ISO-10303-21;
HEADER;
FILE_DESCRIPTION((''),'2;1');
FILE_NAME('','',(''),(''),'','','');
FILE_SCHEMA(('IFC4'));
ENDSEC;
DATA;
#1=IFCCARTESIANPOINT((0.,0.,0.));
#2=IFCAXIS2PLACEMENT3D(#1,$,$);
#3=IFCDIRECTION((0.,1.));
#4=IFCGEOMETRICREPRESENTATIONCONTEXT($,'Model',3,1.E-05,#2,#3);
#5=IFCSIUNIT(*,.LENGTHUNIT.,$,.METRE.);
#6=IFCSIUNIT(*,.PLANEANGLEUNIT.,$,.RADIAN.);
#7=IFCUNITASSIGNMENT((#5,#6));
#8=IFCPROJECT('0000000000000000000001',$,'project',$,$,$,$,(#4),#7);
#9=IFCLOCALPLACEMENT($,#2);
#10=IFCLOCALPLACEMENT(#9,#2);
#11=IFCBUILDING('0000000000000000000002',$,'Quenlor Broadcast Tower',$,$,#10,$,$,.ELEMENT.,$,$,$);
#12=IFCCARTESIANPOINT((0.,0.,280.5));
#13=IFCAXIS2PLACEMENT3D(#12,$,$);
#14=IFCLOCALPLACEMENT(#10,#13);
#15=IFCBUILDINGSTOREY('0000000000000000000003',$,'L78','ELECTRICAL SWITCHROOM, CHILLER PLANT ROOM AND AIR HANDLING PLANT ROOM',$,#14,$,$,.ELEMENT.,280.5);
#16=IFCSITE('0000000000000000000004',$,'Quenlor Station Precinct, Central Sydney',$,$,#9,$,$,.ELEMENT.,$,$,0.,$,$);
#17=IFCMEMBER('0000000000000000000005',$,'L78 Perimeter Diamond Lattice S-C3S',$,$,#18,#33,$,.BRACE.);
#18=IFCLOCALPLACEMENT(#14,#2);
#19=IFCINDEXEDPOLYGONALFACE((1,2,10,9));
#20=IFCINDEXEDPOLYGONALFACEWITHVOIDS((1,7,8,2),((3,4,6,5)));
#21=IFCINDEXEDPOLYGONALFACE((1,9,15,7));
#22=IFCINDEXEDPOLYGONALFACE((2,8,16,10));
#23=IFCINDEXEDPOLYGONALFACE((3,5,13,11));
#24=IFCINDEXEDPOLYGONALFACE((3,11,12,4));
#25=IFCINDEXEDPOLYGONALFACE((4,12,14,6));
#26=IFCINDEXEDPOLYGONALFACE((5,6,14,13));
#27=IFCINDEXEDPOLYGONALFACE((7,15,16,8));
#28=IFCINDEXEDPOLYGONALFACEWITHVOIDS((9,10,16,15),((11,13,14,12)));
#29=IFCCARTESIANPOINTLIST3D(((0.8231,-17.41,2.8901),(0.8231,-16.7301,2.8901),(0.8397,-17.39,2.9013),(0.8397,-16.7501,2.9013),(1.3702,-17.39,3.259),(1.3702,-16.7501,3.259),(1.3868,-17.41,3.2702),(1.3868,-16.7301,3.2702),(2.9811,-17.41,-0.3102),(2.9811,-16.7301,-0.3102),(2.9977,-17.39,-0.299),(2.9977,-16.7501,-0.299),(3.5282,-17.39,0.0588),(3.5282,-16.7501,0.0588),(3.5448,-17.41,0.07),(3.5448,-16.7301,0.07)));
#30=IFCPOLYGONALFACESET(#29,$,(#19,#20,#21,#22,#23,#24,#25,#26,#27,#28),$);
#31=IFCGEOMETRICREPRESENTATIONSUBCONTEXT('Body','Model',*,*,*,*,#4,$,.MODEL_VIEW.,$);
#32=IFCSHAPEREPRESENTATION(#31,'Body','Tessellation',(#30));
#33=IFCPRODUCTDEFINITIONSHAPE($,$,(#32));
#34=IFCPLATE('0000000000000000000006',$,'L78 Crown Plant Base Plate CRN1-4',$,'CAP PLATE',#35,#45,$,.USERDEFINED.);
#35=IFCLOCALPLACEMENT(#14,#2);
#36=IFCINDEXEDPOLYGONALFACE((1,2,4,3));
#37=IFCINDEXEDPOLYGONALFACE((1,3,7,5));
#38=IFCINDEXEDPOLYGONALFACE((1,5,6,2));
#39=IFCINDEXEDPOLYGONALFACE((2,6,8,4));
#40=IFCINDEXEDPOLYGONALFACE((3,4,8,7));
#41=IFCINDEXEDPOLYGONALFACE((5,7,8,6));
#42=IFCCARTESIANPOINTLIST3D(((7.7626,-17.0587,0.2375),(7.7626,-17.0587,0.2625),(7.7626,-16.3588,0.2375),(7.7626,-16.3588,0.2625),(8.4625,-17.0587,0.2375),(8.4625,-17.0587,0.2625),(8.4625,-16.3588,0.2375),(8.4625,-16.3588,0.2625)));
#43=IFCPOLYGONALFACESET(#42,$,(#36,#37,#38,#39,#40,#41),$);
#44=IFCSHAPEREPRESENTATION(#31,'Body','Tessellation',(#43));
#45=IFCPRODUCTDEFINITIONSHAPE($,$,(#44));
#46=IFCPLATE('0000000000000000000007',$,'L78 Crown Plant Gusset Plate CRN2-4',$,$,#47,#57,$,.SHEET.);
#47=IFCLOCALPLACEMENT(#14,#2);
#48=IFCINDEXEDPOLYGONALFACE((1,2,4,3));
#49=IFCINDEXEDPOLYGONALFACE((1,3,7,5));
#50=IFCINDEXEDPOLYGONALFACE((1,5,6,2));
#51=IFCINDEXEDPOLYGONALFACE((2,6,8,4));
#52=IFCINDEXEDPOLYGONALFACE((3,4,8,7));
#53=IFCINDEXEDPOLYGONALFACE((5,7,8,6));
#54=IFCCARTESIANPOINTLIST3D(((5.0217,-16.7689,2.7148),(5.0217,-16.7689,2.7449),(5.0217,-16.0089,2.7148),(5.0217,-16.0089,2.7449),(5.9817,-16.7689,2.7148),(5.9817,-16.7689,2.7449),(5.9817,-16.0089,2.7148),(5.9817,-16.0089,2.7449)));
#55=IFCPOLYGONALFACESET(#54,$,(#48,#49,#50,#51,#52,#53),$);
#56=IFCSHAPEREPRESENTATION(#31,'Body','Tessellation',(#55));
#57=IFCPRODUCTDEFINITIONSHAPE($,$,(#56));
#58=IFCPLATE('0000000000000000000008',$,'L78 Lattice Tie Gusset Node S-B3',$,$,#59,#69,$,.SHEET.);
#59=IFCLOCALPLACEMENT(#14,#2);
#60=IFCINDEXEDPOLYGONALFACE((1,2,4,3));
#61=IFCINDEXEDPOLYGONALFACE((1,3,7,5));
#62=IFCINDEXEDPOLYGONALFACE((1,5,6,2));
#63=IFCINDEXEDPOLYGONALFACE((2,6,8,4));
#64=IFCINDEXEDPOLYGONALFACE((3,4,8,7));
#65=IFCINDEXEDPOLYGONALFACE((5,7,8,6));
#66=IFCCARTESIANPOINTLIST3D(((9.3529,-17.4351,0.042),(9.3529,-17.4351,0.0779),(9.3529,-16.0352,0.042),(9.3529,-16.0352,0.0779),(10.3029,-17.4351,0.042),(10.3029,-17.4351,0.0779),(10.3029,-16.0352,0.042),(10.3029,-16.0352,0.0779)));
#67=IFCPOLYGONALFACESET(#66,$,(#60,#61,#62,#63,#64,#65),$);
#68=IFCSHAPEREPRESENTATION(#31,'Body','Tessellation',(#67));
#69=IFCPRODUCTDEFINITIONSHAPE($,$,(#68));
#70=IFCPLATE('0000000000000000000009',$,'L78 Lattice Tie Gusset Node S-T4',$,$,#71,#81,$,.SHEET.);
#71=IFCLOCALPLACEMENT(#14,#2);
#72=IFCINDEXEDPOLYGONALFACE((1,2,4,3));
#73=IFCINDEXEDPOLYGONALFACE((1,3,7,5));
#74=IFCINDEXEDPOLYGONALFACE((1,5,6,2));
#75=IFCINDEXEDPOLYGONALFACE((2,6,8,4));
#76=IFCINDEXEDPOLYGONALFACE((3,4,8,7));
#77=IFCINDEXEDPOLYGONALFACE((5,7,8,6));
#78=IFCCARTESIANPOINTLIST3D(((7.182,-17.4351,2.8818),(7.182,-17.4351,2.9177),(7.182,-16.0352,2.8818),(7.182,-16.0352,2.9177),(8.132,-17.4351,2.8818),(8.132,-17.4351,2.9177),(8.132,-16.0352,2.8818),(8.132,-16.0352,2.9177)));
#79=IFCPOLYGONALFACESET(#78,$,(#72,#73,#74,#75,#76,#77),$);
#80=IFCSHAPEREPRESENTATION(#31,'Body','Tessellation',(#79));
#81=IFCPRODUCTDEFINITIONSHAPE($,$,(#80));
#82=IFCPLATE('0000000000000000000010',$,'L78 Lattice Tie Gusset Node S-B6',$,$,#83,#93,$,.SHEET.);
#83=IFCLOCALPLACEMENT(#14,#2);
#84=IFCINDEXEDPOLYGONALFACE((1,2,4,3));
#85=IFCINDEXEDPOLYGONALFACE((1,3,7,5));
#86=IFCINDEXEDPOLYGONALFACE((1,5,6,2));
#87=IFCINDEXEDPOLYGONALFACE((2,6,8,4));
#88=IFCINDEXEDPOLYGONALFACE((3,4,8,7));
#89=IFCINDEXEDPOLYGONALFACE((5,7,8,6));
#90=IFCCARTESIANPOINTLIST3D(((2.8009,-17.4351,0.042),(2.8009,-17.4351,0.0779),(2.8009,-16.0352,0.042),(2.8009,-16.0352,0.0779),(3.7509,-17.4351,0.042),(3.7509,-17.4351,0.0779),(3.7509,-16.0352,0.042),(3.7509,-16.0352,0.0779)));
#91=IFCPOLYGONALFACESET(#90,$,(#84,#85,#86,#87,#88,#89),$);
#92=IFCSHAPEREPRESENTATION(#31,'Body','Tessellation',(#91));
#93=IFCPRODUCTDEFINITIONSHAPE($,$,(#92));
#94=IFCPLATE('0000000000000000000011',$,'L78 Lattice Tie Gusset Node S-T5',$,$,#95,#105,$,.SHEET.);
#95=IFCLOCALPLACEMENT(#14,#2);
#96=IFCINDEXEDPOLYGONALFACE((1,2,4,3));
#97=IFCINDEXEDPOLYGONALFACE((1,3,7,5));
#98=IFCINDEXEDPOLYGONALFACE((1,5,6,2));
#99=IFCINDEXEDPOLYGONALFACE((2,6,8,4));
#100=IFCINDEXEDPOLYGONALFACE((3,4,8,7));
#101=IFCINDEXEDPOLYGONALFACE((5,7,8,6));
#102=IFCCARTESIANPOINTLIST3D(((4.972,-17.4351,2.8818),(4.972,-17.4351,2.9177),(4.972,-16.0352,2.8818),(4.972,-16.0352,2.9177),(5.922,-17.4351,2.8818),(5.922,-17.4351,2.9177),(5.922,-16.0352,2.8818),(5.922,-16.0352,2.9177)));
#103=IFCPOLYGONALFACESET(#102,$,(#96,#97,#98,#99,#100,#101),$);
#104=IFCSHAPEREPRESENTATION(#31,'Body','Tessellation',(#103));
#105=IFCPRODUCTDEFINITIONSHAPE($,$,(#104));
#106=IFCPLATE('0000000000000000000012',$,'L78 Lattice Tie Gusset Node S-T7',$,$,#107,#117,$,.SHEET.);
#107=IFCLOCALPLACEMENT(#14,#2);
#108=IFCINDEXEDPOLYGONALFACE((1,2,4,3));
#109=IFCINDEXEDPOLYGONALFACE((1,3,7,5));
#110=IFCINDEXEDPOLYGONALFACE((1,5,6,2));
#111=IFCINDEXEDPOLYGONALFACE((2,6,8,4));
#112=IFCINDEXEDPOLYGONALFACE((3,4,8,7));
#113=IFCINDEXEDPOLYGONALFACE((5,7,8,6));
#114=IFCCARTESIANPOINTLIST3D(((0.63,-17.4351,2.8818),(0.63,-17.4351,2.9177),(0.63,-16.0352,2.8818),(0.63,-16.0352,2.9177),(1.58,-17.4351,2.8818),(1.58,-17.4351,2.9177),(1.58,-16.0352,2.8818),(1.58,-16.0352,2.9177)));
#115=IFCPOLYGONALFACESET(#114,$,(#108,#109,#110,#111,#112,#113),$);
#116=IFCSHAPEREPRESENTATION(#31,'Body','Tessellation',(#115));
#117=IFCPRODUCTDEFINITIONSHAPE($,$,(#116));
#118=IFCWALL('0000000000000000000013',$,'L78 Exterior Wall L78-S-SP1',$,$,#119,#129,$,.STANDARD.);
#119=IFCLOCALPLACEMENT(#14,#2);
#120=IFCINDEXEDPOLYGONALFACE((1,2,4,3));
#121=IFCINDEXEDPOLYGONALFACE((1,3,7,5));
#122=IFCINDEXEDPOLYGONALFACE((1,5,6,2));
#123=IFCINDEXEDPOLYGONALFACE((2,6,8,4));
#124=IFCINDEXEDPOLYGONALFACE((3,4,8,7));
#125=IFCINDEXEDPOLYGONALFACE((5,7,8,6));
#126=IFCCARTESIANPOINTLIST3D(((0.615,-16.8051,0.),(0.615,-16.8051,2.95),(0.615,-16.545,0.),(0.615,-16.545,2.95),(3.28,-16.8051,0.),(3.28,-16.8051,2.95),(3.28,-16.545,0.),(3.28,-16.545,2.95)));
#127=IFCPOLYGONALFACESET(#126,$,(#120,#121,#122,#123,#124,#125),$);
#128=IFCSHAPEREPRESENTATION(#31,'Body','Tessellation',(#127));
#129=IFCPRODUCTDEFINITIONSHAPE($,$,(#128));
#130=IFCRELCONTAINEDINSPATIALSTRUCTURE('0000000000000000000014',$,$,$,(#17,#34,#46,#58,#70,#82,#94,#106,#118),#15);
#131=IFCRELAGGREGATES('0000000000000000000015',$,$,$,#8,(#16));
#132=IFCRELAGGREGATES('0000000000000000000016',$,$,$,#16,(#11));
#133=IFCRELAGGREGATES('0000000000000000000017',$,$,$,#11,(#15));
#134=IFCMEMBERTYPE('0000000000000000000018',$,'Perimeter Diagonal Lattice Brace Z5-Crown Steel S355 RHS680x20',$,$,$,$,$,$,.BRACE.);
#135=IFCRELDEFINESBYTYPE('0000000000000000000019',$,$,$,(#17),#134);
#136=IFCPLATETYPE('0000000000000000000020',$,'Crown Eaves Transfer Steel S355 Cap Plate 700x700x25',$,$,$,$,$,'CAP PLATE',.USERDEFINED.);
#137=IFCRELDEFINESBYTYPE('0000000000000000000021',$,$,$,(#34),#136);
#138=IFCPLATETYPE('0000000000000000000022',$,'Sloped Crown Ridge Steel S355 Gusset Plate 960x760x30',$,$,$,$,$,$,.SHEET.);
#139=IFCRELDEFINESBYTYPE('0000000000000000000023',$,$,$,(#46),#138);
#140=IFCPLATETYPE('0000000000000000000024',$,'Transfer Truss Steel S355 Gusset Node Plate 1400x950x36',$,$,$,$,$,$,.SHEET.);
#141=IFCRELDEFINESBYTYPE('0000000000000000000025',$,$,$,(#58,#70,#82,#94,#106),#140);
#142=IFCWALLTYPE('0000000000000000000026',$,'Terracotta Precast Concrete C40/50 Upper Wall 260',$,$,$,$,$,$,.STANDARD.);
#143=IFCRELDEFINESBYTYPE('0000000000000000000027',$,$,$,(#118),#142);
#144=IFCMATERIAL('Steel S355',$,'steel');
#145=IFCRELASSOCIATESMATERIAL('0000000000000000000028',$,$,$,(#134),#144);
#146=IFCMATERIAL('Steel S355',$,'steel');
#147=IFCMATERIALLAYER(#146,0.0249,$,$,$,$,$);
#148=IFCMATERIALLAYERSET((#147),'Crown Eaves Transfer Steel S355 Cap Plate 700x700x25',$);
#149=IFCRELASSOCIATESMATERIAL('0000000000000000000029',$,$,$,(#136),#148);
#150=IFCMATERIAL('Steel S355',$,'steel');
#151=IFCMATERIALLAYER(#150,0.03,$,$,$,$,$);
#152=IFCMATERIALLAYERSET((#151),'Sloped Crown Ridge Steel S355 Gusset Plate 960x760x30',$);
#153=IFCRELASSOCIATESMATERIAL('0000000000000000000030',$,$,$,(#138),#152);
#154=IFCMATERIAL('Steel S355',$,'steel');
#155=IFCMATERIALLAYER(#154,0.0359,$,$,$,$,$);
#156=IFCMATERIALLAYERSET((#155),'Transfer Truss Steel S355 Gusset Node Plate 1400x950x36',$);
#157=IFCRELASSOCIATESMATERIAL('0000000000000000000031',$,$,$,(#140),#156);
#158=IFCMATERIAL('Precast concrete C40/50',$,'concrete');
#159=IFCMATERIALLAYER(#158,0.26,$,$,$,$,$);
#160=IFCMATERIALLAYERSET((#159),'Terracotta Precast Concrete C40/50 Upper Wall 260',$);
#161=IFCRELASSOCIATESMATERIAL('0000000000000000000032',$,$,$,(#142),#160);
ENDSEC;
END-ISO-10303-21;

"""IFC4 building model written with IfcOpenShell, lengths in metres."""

from ifc_helpers import new_model, si_unit, direction, frame, frame_2d, origin, origin_2d, place, context, subcontext, project, spatial, rectangle, hollow_rectangle, extrude, material, layer, layer_set, material_profile, profile_set, type_object, element, save


model = new_model("IFC4")

# Units and contexts
model_context = context("Model", 3, precision=1e-05, world=origin(), true_north=direction((0.0, 1.0)))
body_context = subcontext(model_context, "Body", "Model", "MODEL_VIEW")
ifc_project = project(units=[si_unit("LENGTHUNIT", "METRE"), si_unit("PLANEANGLEUNIT", "RADIAN")], contexts=[model_context])

# Site, building, storey
site_placement = place(None, origin())
site = spatial("IfcSite", under=ifc_project, at=site_placement, Name="Quenlor Station Precinct, Central Sydney", CompositionType="ELEMENT", RefElevation=0.0)
building_placement = place(site_placement, origin())
building = spatial("IfcBuilding", under=site, at=building_placement, Name="Quenlor Broadcast Tower", CompositionType="ELEMENT")
storey_placement = place(building_placement, frame((0.0, 0.0, 280.5)))
storey = spatial("IfcBuildingStorey", under=building, at=storey_placement, Name="L78", Description="ELECTRICAL SWITCHROOM, CHILLER PLANT ROOM AND AIR HANDLING PLANT ROOM", CompositionType="ELEMENT", Elevation=280.5)

# Member
ifc_material_1 = material(Name="Steel S355", Category="steel")
ifc_material_profile_1 = material_profile(ifc_material_1, hollow_rectangle(XDim=0.6799, YDim=0.6799, WallThickness=0.02, at=origin_2d()))
ifc_profile_set_1 = profile_set([ifc_material_profile_1], Name="Steel S355 RHS680x680x20")
member_type_1 = type_object("IfcMemberType", Name="Perimeter Diagonal Lattice Brace Z5-Crown Steel S355 RHS680x20", PredefinedType="BRACE", material=ifc_profile_set_1)
for number, where, z_axis, x_axis, name in (
    (1, (3.2629, -17.0701, -0.1201), (-0.559086, 0.0, 0.82911), (0.0, -1.0, 0.0), "L78 Perimeter Diamond Lattice S-C3S"),
):
    element("IfcMember", number, at=place(storey_placement, frame(where, z_axis=z_axis, x_axis=x_axis)), inside=storey, type_object=member_type_1, Name=name, PredefinedType="BRACE", context=body_context, shape_type="SweptSolid", body=[
        extrude(hollow_rectangle(XDim=0.6799, YDim=0.6799, WallThickness=0.02, at=origin_2d()), origin(), (0.0, 0.0, 1.0), 3.8599),
    ])

# Plates
ifc_material_2 = material(Name="Steel S355", Category="steel")
ifc_layer_1 = layer(ifc_material_2, 0.0249)
ifc_layer_set_1 = layer_set([ifc_layer_1], Name="Crown Eaves Transfer Steel S355 Cap Plate 700x700x25")
plate_type_1 = type_object("IfcPlateType", Name="Crown Eaves Transfer Steel S355 Cap Plate 700x700x25", ElementType="CAP PLATE", PredefinedType="USERDEFINED", material=ifc_layer_set_1)
plate_1_placement = place(storey_placement, frame((8.1125, -16.7087, 0.2375), z_axis=(0.0, 0.0, 1.0), x_axis=(1.0, 0.0, 0.0)))
element("IfcPlate", 2, at=plate_1_placement, inside=storey, type_object=plate_type_1, Name="L78 Crown Plant Base Plate CRN1-4", ObjectType="CAP PLATE", PredefinedType="USERDEFINED", context=body_context, shape_type="SweptSolid", body=[
    extrude(rectangle(XDim=0.7, YDim=0.7, at=origin_2d()), origin(), (0.0, 0.0, 1.0), 0.0249),
])
ifc_material_3 = material(Name="Steel S355", Category="steel")
ifc_layer_2 = layer(ifc_material_3, 0.03)
ifc_layer_set_2 = layer_set([ifc_layer_2], Name="Sloped Crown Ridge Steel S355 Gusset Plate 960x760x30")
plate_type_2 = type_object("IfcPlateType", Name="Sloped Crown Ridge Steel S355 Gusset Plate 960x760x30", PredefinedType="SHEET", material=ifc_layer_set_2)
plate_2_placement = place(storey_placement, frame((5.5017, -16.3889, 2.7148), z_axis=(0.0, 0.0, 1.0), x_axis=(1.0, 0.0, 0.0)))
element("IfcPlate", 3, at=plate_2_placement, inside=storey, type_object=plate_type_2, Name="L78 Crown Plant Gusset Plate CRN2-4", PredefinedType="SHEET", context=body_context, shape_type="SweptSolid", body=[
    extrude(rectangle(XDim=0.96, YDim=0.76, at=origin_2d()), origin(), (0.0, 0.0, 1.0), 0.03),
])
ifc_material_4 = material(Name="Steel S355", Category="steel")
ifc_layer_3 = layer(ifc_material_4, 0.0359)
ifc_layer_set_3 = layer_set([ifc_layer_3], Name="Transfer Truss Steel S355 Gusset Node Plate 1400x950x36")
plate_type_3 = type_object("IfcPlateType", Name="Transfer Truss Steel S355 Gusset Node Plate 1400x950x36", PredefinedType="SHEET", material=ifc_layer_set_3)
for number, where, z_axis, x_axis, name in (
    (4, (9.8279, -16.7351, 0.042), (0.0, 0.0, 1.0), (0.0, -1.0, 0.0), "L78 Lattice Tie Gusset Node S-B3"),
    (5, (7.657, -16.7351, 2.8818), (0.0, 0.0, 1.0), (0.0, -1.0, 0.0), "L78 Lattice Tie Gusset Node S-T4"),
    (6, (3.2759, -16.7351, 0.042), (0.0, 0.0, 1.0), (0.0, -1.0, 0.0), "L78 Lattice Tie Gusset Node S-B6"),
    (7, (5.447, -16.7351, 2.8818), (0.0, 0.0, 1.0), (0.0, -1.0, 0.0), "L78 Lattice Tie Gusset Node S-T5"),
    (8, (1.105, -16.7351, 2.8818), (0.0, 0.0, 1.0), (0.0, -1.0, 0.0), "L78 Lattice Tie Gusset Node S-T7"),
):
    element("IfcPlate", number, at=place(storey_placement, frame(where, z_axis=z_axis, x_axis=x_axis)), inside=storey, type_object=plate_type_3, Name=name, PredefinedType="SHEET", context=body_context, shape_type="SweptSolid", body=[
        extrude(rectangle(XDim=1.3999, YDim=0.95, at=origin_2d()), origin(), (0.0, 0.0, 1.0), 0.0359),
    ])

# Wall
ifc_material_5 = material(Name="Precast concrete C40/50", Category="concrete")
ifc_layer_4 = layer(ifc_material_5, 0.26)
ifc_layer_set_4 = layer_set([ifc_layer_4], Name="Terracotta Precast Concrete C40/50 Upper Wall 260")
wall_type = type_object("IfcWallType", Name="Terracotta Precast Concrete C40/50 Upper Wall 260", PredefinedType="STANDARD", material=ifc_layer_set_4)
wall_placement = place(storey_placement, frame((3.28, -16.675, 0.0), z_axis=(0.0, 0.0, 1.0), x_axis=(-1.0, 0.0, 0.0)))
element("IfcWall", 9, at=wall_placement, inside=storey, type_object=wall_type, Name="L78 Exterior Wall L78-S-SP1", PredefinedType="STANDARD", context=body_context, shape_type="SweptSolid", body=[
    extrude(rectangle(XDim=2.665, YDim=0.26, at=frame_2d((1.3325, 0.0))), origin(), (0.0, 0.0, 1.0), 2.95),
])

save(model, "model.ifc")
